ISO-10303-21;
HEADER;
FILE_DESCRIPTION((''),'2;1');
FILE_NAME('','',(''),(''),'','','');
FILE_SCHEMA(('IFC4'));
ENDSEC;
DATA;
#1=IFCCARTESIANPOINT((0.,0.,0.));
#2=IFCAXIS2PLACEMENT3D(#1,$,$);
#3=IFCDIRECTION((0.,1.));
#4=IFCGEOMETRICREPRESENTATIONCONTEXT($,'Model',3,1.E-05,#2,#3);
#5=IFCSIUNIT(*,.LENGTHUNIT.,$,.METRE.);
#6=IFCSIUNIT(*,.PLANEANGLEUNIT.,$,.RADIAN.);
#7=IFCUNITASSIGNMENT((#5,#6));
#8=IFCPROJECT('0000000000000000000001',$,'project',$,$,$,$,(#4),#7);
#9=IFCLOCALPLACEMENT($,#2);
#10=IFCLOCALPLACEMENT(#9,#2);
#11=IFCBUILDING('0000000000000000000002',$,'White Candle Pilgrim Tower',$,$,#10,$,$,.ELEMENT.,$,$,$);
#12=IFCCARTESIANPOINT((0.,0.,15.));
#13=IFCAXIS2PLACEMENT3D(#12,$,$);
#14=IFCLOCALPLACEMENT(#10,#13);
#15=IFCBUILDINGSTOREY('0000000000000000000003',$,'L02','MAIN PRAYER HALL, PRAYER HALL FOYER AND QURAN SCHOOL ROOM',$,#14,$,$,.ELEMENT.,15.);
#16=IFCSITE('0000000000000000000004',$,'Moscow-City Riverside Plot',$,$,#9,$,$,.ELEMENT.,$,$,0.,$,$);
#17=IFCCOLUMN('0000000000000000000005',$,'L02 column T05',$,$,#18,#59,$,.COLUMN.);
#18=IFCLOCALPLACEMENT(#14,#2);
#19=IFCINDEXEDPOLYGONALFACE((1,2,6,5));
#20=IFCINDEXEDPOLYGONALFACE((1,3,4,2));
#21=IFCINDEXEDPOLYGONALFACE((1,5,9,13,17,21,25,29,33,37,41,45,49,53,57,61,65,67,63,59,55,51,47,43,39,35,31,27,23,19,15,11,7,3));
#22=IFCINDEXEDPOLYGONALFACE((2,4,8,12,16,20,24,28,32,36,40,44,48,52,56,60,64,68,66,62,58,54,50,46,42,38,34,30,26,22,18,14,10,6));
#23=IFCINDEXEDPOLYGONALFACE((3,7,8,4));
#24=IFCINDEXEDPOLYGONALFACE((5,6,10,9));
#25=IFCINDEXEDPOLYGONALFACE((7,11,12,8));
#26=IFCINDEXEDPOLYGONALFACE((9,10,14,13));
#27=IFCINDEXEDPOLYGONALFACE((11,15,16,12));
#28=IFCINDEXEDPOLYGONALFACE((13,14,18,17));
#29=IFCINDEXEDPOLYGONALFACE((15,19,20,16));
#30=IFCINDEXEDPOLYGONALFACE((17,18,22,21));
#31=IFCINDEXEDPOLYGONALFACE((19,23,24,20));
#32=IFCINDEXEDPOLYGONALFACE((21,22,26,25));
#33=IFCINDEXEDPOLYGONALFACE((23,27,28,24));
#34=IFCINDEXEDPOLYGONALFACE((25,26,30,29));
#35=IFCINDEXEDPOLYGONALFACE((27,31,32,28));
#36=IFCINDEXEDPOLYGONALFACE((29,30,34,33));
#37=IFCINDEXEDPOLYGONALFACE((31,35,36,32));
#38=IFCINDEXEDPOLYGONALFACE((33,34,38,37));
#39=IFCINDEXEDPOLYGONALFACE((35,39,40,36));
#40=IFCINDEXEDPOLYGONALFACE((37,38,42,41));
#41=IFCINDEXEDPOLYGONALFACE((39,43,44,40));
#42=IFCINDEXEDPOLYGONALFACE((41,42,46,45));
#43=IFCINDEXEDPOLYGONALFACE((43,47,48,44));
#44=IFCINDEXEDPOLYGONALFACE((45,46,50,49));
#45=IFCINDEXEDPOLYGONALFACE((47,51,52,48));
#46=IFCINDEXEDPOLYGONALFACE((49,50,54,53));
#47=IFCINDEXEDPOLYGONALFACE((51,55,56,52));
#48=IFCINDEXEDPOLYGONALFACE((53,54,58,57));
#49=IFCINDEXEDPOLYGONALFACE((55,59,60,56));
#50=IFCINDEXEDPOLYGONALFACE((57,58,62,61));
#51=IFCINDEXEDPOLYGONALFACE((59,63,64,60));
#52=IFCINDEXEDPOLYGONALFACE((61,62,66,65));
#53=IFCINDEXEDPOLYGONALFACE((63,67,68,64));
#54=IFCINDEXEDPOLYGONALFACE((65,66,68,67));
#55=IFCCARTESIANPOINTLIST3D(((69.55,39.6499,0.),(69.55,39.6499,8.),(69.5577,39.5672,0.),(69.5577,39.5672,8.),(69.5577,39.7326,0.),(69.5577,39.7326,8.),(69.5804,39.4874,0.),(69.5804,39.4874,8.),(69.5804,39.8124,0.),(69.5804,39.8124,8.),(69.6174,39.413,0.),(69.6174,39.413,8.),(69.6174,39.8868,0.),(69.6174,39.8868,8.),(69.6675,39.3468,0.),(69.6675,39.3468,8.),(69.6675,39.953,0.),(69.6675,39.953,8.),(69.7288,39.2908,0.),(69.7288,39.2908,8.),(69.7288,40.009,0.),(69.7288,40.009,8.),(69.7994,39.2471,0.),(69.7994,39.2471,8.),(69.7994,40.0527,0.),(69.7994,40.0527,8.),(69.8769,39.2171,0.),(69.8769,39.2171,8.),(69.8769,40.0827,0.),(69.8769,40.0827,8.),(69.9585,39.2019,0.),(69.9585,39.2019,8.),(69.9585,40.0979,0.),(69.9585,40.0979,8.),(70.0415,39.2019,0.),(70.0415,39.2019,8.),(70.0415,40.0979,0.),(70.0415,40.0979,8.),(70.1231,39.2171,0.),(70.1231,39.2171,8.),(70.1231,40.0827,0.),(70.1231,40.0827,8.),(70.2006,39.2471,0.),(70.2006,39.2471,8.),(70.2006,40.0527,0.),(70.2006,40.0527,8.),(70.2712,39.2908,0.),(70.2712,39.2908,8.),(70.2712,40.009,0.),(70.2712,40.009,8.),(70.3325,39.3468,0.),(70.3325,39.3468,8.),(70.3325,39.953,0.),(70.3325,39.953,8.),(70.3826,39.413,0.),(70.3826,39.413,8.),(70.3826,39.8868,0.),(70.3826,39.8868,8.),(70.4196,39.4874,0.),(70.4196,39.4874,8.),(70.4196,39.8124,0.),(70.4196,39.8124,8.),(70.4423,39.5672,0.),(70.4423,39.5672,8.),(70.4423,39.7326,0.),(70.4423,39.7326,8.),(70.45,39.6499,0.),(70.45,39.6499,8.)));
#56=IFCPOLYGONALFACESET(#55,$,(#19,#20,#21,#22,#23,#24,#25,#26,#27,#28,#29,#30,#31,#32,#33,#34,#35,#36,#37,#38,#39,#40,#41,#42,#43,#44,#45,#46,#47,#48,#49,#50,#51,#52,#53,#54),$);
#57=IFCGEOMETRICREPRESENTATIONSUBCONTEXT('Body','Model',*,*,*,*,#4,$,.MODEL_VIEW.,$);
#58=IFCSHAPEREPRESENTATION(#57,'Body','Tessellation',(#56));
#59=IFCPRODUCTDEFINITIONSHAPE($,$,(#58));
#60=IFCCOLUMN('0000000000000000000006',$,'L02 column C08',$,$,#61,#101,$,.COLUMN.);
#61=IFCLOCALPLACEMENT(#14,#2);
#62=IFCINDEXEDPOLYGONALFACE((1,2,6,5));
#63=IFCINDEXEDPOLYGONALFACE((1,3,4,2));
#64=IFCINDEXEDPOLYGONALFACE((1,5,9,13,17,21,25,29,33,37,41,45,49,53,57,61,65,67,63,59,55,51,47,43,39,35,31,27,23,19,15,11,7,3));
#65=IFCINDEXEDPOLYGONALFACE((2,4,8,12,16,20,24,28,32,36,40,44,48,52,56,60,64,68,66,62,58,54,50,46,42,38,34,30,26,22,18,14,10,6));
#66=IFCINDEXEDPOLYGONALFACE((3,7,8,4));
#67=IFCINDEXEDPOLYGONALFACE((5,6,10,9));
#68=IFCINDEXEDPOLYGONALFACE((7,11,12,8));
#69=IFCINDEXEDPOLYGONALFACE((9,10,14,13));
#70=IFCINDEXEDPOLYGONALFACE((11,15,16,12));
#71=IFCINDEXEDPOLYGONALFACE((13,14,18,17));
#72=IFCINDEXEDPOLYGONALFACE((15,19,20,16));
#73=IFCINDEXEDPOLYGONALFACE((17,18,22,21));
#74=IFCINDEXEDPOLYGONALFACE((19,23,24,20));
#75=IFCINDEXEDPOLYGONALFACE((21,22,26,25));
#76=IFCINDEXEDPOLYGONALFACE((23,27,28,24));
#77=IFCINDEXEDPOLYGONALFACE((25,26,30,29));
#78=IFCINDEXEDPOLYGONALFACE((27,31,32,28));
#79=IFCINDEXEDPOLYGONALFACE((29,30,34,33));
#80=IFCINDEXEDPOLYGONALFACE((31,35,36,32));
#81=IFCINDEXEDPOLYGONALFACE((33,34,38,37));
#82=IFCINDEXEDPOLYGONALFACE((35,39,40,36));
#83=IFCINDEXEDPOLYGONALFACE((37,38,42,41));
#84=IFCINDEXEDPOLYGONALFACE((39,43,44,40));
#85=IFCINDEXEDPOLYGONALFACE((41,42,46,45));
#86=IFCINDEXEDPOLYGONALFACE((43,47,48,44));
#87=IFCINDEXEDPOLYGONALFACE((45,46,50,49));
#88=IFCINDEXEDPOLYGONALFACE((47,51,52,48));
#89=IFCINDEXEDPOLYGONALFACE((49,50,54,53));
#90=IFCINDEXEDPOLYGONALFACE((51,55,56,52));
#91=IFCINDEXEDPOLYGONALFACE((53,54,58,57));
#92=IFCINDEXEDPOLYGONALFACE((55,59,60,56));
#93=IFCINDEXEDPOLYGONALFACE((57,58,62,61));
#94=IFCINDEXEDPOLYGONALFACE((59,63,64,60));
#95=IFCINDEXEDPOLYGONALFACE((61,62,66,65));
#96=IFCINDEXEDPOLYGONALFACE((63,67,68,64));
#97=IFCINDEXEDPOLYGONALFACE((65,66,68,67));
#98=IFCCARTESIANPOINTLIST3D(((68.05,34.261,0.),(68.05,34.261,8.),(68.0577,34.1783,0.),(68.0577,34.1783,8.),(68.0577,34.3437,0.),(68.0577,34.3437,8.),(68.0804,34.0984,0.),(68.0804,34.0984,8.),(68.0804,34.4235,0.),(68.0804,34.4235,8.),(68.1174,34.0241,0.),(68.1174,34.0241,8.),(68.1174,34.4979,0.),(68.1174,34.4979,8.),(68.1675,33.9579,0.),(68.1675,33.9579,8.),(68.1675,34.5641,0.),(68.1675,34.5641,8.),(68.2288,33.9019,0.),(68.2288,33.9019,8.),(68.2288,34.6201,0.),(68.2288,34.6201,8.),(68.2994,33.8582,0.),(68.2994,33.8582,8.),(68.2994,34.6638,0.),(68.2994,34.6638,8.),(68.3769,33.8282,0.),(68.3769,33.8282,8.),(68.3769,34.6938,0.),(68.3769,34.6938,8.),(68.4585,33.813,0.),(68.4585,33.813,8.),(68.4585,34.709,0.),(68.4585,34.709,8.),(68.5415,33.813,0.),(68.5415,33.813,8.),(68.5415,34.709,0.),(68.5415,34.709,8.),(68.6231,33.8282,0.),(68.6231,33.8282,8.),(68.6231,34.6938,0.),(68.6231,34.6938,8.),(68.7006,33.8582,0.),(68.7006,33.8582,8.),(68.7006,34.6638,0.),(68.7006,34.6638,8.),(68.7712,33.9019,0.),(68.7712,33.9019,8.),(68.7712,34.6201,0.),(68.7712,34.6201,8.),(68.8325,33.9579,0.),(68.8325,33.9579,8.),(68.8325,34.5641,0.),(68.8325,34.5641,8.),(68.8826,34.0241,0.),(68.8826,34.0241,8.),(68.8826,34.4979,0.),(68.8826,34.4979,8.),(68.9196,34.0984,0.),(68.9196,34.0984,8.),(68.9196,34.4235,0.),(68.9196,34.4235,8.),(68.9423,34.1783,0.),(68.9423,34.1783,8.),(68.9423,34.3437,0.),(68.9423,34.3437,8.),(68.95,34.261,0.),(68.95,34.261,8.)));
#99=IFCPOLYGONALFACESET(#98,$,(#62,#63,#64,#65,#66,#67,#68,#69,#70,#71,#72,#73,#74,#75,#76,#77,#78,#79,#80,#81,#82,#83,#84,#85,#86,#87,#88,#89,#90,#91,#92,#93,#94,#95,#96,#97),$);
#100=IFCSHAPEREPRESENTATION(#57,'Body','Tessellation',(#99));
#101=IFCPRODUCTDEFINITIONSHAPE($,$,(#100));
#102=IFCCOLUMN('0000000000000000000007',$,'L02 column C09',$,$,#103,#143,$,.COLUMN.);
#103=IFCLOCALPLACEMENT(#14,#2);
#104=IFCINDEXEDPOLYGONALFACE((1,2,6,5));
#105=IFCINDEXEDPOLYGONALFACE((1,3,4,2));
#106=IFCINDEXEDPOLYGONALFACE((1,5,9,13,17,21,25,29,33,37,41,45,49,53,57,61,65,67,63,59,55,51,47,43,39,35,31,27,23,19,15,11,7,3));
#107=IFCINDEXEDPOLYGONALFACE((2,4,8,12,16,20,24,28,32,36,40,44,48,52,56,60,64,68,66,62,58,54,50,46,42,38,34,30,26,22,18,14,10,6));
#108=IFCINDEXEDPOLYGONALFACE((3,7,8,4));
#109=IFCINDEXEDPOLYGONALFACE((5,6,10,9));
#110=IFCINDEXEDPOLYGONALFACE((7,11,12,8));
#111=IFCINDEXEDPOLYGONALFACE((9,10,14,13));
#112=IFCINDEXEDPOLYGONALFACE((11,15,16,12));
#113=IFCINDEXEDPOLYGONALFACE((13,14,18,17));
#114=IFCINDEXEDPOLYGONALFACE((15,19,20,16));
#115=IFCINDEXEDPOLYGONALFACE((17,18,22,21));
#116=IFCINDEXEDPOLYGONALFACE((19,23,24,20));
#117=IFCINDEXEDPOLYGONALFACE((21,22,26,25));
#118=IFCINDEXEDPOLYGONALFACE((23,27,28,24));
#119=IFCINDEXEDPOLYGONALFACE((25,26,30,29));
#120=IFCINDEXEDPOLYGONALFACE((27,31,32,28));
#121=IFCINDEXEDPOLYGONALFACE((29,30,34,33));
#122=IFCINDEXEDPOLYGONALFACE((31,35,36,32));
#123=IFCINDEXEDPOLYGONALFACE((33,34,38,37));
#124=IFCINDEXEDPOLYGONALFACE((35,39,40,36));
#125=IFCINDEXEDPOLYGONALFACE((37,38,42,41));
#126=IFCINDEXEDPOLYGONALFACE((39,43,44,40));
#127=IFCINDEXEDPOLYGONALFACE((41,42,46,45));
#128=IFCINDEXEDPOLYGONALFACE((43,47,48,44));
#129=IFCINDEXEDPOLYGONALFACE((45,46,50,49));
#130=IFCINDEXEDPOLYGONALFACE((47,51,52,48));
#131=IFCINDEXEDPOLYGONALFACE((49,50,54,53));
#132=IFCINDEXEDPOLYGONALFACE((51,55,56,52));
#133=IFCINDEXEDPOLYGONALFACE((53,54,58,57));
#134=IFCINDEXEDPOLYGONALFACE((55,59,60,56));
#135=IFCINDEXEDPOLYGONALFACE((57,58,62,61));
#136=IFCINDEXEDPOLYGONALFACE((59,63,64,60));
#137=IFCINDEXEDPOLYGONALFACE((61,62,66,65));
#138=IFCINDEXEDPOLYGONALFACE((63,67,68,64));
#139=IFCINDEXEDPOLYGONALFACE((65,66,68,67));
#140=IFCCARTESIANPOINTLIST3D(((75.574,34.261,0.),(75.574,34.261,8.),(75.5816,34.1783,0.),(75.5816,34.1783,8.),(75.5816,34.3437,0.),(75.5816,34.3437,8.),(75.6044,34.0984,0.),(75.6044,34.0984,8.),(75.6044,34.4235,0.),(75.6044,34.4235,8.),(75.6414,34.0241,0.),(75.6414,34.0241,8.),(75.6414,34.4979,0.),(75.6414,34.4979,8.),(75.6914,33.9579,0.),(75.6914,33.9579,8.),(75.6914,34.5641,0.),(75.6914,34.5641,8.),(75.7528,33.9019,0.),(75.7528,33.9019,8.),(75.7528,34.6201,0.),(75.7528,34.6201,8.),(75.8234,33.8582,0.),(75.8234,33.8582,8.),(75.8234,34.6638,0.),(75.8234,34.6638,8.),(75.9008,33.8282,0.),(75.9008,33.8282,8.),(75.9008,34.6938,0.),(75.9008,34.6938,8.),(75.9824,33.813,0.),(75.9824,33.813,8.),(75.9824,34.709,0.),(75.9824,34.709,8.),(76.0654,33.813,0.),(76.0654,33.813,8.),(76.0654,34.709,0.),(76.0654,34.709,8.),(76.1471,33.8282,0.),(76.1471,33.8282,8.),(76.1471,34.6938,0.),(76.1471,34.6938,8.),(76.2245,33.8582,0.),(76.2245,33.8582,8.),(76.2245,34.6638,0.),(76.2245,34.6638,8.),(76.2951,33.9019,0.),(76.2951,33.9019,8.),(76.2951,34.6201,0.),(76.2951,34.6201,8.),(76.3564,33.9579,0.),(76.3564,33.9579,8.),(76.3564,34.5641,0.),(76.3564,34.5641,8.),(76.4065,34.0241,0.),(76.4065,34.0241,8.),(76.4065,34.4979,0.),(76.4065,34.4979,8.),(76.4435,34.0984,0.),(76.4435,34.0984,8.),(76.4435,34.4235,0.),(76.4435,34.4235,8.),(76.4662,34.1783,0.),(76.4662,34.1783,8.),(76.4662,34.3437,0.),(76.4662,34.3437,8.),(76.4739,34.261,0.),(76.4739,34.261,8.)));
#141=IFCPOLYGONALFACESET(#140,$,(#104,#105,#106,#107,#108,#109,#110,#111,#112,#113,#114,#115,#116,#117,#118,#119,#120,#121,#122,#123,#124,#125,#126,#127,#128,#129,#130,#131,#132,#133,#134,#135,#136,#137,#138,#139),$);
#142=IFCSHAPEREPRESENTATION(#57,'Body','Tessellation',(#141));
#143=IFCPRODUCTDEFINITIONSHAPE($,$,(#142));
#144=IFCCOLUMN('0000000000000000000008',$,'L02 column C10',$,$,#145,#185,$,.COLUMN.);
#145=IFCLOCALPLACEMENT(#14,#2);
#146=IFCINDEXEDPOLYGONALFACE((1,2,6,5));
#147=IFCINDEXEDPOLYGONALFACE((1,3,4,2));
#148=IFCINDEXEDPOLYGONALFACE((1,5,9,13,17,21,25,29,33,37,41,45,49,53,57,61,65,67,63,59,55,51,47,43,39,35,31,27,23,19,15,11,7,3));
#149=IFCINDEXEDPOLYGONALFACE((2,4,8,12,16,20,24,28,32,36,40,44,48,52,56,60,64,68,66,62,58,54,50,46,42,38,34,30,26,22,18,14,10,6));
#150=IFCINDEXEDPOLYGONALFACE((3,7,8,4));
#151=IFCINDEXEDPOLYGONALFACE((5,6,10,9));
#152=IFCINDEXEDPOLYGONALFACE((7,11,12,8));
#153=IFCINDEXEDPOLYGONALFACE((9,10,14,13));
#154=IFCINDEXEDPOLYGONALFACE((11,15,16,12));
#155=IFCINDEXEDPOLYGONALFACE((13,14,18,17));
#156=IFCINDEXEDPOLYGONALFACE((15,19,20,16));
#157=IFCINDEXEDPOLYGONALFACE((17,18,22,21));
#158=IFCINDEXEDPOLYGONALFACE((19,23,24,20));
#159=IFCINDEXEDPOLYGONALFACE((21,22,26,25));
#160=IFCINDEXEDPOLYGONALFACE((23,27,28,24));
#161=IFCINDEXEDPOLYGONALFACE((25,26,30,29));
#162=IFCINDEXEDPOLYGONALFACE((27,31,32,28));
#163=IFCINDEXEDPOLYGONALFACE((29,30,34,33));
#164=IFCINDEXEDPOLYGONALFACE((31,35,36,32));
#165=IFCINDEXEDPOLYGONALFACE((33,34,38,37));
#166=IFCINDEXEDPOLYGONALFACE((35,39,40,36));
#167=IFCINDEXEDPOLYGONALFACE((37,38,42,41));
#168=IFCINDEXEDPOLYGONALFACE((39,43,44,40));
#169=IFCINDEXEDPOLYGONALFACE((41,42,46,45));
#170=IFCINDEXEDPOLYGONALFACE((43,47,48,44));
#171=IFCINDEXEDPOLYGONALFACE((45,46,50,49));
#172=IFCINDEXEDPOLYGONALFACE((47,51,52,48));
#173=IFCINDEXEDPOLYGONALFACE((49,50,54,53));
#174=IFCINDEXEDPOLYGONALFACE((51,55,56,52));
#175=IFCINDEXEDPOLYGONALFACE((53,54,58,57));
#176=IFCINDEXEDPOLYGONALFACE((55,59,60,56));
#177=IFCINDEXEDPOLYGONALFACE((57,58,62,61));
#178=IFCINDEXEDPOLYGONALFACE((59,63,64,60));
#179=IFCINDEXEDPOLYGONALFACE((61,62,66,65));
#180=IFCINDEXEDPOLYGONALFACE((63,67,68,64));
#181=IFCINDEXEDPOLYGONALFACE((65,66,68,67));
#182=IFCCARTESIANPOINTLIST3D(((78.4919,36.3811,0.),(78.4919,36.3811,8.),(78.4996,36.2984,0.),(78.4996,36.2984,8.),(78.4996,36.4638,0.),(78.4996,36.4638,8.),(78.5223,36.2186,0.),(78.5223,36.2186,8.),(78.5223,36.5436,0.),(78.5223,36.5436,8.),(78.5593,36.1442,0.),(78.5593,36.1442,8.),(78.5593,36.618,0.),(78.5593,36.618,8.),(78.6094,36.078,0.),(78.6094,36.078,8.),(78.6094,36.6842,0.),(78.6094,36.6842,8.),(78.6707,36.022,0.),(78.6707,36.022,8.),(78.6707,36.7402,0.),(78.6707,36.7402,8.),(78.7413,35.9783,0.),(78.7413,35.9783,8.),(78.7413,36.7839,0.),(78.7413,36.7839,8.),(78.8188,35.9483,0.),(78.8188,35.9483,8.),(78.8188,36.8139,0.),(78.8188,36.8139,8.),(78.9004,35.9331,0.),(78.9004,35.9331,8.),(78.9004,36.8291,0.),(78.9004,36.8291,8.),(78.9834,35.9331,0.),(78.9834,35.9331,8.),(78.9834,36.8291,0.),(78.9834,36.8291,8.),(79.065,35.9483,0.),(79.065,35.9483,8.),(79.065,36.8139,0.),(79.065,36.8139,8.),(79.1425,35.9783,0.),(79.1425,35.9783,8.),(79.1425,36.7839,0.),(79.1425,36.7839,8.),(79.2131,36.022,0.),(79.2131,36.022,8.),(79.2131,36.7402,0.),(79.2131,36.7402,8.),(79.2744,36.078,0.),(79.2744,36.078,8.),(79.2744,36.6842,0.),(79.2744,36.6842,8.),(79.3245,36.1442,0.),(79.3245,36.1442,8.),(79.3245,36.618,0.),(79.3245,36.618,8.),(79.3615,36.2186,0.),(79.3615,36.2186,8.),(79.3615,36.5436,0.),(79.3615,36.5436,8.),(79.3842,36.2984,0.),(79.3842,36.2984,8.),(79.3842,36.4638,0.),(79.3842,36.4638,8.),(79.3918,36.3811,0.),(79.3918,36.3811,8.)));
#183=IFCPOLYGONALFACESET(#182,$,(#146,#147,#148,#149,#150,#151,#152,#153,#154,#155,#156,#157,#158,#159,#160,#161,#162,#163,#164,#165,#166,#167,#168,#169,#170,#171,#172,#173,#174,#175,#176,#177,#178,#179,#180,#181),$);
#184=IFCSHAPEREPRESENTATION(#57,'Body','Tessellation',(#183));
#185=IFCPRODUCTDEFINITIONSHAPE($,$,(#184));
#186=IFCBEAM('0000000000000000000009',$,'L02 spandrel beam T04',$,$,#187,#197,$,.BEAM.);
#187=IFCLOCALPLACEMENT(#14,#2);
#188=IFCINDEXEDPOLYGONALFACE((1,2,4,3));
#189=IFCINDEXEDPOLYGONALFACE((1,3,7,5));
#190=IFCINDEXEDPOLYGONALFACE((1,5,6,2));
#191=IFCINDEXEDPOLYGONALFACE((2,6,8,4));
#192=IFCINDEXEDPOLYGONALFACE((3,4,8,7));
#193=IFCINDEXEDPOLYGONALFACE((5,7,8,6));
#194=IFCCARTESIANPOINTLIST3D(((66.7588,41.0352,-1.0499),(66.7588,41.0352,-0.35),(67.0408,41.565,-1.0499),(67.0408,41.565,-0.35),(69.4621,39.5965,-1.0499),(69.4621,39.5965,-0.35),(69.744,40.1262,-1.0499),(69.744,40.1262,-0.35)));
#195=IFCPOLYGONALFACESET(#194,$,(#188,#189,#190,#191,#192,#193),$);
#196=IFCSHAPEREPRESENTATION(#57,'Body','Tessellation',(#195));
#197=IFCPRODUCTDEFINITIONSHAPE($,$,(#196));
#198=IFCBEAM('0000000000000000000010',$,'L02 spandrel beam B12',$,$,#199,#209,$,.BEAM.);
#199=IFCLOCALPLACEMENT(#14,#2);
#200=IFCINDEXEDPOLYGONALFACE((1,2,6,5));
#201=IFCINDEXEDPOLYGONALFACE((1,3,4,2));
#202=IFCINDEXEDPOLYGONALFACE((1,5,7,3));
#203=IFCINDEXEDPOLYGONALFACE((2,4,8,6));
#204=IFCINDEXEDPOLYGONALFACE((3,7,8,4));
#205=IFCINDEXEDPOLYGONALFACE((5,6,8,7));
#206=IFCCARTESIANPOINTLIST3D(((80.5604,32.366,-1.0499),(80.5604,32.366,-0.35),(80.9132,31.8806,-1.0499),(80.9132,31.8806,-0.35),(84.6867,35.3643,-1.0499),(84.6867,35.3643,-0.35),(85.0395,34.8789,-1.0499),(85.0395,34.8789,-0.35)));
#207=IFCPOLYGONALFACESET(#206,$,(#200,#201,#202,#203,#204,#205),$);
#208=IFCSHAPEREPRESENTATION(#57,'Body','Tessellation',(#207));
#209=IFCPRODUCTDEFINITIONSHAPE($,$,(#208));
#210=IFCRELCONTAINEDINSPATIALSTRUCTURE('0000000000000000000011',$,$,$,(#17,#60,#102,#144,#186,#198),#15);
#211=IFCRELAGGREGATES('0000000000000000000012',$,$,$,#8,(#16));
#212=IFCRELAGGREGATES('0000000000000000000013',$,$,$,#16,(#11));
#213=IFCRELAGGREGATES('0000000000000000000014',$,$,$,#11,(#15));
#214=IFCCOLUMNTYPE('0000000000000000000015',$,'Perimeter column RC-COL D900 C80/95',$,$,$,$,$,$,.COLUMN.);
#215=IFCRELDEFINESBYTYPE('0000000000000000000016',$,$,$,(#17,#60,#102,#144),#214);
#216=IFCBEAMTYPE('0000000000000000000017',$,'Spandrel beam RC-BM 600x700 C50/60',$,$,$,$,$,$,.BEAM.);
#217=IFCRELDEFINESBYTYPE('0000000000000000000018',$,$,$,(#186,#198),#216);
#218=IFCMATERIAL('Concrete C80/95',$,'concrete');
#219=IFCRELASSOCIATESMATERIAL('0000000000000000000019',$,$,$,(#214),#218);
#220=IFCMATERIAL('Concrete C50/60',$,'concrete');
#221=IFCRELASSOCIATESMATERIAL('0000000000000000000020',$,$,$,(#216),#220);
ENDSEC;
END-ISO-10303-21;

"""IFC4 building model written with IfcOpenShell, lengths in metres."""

from ifc_helpers import new_model, si_unit, direction, frame, origin, origin_2d, place, context, subcontext, project, spatial, rectangle, circle, extrude, material, material_profile, profile_set, type_object, element, save


model = new_model("IFC4")

# Units and contexts
model_context = context("Model", 3, precision=1e-05, world=origin(), true_north=direction((0.0, 1.0)))
body_context = subcontext(model_context, "Body", "Model", "MODEL_VIEW")
ifc_project = project(units=[si_unit("LENGTHUNIT", "METRE"), si_unit("PLANEANGLEUNIT", "RADIAN")], contexts=[model_context])

# Site, building, storey
site_placement = place(None, origin())
site = spatial("IfcSite", under=ifc_project, at=site_placement, Name="Moscow-City Riverside Plot", CompositionType="ELEMENT", RefElevation=0.0)
building_placement = place(site_placement, origin())
building = spatial("IfcBuilding", under=site, at=building_placement, Name="White Candle Pilgrim Tower", CompositionType="ELEMENT")
storey_placement = place(building_placement, frame((0.0, 0.0, 15.0)))
storey = spatial("IfcBuildingStorey", under=building, at=storey_placement, Name="L02", Description="MAIN PRAYER HALL, PRAYER HALL FOYER AND QURAN SCHOOL ROOM", CompositionType="ELEMENT", Elevation=15.0)

# Columns
ifc_material_1 = material(Name="Concrete C80/95", Category="concrete")
ifc_material_profile_1 = material_profile(ifc_material_1, circle(Radius=0.45, at=origin_2d()), Name="RC-COL D900")
ifc_profile_set_1 = profile_set([ifc_material_profile_1], Name="Concrete C80/95")
column_type = type_object("IfcColumnType", Name="Perimeter column RC-COL D900 C80/95", PredefinedType="COLUMN", material=ifc_profile_set_1)
for number, where, z_axis, x_axis, name in (
    (1, (70.0, 39.6499, 0.0), (0.0, 0.0, 1.0), (1.0, 0.0, 0.0), "L02 column T05"),
    (2, (68.5, 34.261, 0.0), (0.0, 0.0, 1.0), (1.0, 0.0, 0.0), "L02 column C08"),
    (3, (76.0239, 34.261, 0.0), (0.0, 0.0, 1.0), (1.0, 0.0, 0.0), "L02 column C09"),
    (4, (78.9419, 36.3811, 0.0), (0.0, 0.0, 1.0), (1.0, 0.0, 0.0), "L02 column C10"),
):
    element("IfcColumn", number, at=place(storey_placement, frame(where, z_axis=z_axis, x_axis=x_axis)), inside=storey, type_object=column_type, Name=name, PredefinedType="COLUMN", context=body_context, shape_type="SweptSolid", body=[
        extrude(circle(Radius=0.45, at=origin_2d()), origin(), (0.0, 0.0, 1.0), 8.0),
    ])

# Beams
ifc_material_2 = material(Name="Concrete C50/60", Category="concrete")
ifc_material_profile_2 = material_profile(ifc_material_2, rectangle(XDim=0.6001, YDim=0.7, at=origin_2d()), Name="RC-BM 600x700")
ifc_profile_set_2 = profile_set([ifc_material_profile_2], Name="Concrete C50/60")
beam_type = type_object("IfcBeamType", Name="Spandrel beam RC-BM 600x700 C50/60", PredefinedType="BEAM", material=ifc_profile_set_2)
beam_1_placement = place(storey_placement, frame((69.603, 39.8613, -0.7), z_axis=(-0.882752, 0.469839, 0.0), x_axis=(-0.469839, -0.882752, 0.0)))
element("IfcBeam", 5, at=beam_1_placement, inside=storey, type_object=beam_type, Name="L02 spandrel beam T04", PredefinedType="BEAM", context=body_context, shape_type="SweptSolid", body=[
    extrude(rectangle(XDim=0.6001, YDim=0.7, at=origin_2d()), origin(), (0.0, 0.0, 1.0), 3.0623),
])
beam_2_placement = place(storey_placement, frame((80.7368, 32.1233, -0.7), z_axis=(0.808978, 0.587839, 0.0), x_axis=(-0.587839, 0.808978, 0.0)))
element("IfcBeam", 6, at=beam_2_placement, inside=storey, type_object=beam_type, Name="L02 spandrel beam B12", PredefinedType="BEAM", context=body_context, shape_type="SweptSolid", body=[
    extrude(rectangle(XDim=0.6001, YDim=0.7, at=origin_2d()), origin(), (0.0, 0.0, 1.0), 5.1006),
])

save(model, "model.ifc")
